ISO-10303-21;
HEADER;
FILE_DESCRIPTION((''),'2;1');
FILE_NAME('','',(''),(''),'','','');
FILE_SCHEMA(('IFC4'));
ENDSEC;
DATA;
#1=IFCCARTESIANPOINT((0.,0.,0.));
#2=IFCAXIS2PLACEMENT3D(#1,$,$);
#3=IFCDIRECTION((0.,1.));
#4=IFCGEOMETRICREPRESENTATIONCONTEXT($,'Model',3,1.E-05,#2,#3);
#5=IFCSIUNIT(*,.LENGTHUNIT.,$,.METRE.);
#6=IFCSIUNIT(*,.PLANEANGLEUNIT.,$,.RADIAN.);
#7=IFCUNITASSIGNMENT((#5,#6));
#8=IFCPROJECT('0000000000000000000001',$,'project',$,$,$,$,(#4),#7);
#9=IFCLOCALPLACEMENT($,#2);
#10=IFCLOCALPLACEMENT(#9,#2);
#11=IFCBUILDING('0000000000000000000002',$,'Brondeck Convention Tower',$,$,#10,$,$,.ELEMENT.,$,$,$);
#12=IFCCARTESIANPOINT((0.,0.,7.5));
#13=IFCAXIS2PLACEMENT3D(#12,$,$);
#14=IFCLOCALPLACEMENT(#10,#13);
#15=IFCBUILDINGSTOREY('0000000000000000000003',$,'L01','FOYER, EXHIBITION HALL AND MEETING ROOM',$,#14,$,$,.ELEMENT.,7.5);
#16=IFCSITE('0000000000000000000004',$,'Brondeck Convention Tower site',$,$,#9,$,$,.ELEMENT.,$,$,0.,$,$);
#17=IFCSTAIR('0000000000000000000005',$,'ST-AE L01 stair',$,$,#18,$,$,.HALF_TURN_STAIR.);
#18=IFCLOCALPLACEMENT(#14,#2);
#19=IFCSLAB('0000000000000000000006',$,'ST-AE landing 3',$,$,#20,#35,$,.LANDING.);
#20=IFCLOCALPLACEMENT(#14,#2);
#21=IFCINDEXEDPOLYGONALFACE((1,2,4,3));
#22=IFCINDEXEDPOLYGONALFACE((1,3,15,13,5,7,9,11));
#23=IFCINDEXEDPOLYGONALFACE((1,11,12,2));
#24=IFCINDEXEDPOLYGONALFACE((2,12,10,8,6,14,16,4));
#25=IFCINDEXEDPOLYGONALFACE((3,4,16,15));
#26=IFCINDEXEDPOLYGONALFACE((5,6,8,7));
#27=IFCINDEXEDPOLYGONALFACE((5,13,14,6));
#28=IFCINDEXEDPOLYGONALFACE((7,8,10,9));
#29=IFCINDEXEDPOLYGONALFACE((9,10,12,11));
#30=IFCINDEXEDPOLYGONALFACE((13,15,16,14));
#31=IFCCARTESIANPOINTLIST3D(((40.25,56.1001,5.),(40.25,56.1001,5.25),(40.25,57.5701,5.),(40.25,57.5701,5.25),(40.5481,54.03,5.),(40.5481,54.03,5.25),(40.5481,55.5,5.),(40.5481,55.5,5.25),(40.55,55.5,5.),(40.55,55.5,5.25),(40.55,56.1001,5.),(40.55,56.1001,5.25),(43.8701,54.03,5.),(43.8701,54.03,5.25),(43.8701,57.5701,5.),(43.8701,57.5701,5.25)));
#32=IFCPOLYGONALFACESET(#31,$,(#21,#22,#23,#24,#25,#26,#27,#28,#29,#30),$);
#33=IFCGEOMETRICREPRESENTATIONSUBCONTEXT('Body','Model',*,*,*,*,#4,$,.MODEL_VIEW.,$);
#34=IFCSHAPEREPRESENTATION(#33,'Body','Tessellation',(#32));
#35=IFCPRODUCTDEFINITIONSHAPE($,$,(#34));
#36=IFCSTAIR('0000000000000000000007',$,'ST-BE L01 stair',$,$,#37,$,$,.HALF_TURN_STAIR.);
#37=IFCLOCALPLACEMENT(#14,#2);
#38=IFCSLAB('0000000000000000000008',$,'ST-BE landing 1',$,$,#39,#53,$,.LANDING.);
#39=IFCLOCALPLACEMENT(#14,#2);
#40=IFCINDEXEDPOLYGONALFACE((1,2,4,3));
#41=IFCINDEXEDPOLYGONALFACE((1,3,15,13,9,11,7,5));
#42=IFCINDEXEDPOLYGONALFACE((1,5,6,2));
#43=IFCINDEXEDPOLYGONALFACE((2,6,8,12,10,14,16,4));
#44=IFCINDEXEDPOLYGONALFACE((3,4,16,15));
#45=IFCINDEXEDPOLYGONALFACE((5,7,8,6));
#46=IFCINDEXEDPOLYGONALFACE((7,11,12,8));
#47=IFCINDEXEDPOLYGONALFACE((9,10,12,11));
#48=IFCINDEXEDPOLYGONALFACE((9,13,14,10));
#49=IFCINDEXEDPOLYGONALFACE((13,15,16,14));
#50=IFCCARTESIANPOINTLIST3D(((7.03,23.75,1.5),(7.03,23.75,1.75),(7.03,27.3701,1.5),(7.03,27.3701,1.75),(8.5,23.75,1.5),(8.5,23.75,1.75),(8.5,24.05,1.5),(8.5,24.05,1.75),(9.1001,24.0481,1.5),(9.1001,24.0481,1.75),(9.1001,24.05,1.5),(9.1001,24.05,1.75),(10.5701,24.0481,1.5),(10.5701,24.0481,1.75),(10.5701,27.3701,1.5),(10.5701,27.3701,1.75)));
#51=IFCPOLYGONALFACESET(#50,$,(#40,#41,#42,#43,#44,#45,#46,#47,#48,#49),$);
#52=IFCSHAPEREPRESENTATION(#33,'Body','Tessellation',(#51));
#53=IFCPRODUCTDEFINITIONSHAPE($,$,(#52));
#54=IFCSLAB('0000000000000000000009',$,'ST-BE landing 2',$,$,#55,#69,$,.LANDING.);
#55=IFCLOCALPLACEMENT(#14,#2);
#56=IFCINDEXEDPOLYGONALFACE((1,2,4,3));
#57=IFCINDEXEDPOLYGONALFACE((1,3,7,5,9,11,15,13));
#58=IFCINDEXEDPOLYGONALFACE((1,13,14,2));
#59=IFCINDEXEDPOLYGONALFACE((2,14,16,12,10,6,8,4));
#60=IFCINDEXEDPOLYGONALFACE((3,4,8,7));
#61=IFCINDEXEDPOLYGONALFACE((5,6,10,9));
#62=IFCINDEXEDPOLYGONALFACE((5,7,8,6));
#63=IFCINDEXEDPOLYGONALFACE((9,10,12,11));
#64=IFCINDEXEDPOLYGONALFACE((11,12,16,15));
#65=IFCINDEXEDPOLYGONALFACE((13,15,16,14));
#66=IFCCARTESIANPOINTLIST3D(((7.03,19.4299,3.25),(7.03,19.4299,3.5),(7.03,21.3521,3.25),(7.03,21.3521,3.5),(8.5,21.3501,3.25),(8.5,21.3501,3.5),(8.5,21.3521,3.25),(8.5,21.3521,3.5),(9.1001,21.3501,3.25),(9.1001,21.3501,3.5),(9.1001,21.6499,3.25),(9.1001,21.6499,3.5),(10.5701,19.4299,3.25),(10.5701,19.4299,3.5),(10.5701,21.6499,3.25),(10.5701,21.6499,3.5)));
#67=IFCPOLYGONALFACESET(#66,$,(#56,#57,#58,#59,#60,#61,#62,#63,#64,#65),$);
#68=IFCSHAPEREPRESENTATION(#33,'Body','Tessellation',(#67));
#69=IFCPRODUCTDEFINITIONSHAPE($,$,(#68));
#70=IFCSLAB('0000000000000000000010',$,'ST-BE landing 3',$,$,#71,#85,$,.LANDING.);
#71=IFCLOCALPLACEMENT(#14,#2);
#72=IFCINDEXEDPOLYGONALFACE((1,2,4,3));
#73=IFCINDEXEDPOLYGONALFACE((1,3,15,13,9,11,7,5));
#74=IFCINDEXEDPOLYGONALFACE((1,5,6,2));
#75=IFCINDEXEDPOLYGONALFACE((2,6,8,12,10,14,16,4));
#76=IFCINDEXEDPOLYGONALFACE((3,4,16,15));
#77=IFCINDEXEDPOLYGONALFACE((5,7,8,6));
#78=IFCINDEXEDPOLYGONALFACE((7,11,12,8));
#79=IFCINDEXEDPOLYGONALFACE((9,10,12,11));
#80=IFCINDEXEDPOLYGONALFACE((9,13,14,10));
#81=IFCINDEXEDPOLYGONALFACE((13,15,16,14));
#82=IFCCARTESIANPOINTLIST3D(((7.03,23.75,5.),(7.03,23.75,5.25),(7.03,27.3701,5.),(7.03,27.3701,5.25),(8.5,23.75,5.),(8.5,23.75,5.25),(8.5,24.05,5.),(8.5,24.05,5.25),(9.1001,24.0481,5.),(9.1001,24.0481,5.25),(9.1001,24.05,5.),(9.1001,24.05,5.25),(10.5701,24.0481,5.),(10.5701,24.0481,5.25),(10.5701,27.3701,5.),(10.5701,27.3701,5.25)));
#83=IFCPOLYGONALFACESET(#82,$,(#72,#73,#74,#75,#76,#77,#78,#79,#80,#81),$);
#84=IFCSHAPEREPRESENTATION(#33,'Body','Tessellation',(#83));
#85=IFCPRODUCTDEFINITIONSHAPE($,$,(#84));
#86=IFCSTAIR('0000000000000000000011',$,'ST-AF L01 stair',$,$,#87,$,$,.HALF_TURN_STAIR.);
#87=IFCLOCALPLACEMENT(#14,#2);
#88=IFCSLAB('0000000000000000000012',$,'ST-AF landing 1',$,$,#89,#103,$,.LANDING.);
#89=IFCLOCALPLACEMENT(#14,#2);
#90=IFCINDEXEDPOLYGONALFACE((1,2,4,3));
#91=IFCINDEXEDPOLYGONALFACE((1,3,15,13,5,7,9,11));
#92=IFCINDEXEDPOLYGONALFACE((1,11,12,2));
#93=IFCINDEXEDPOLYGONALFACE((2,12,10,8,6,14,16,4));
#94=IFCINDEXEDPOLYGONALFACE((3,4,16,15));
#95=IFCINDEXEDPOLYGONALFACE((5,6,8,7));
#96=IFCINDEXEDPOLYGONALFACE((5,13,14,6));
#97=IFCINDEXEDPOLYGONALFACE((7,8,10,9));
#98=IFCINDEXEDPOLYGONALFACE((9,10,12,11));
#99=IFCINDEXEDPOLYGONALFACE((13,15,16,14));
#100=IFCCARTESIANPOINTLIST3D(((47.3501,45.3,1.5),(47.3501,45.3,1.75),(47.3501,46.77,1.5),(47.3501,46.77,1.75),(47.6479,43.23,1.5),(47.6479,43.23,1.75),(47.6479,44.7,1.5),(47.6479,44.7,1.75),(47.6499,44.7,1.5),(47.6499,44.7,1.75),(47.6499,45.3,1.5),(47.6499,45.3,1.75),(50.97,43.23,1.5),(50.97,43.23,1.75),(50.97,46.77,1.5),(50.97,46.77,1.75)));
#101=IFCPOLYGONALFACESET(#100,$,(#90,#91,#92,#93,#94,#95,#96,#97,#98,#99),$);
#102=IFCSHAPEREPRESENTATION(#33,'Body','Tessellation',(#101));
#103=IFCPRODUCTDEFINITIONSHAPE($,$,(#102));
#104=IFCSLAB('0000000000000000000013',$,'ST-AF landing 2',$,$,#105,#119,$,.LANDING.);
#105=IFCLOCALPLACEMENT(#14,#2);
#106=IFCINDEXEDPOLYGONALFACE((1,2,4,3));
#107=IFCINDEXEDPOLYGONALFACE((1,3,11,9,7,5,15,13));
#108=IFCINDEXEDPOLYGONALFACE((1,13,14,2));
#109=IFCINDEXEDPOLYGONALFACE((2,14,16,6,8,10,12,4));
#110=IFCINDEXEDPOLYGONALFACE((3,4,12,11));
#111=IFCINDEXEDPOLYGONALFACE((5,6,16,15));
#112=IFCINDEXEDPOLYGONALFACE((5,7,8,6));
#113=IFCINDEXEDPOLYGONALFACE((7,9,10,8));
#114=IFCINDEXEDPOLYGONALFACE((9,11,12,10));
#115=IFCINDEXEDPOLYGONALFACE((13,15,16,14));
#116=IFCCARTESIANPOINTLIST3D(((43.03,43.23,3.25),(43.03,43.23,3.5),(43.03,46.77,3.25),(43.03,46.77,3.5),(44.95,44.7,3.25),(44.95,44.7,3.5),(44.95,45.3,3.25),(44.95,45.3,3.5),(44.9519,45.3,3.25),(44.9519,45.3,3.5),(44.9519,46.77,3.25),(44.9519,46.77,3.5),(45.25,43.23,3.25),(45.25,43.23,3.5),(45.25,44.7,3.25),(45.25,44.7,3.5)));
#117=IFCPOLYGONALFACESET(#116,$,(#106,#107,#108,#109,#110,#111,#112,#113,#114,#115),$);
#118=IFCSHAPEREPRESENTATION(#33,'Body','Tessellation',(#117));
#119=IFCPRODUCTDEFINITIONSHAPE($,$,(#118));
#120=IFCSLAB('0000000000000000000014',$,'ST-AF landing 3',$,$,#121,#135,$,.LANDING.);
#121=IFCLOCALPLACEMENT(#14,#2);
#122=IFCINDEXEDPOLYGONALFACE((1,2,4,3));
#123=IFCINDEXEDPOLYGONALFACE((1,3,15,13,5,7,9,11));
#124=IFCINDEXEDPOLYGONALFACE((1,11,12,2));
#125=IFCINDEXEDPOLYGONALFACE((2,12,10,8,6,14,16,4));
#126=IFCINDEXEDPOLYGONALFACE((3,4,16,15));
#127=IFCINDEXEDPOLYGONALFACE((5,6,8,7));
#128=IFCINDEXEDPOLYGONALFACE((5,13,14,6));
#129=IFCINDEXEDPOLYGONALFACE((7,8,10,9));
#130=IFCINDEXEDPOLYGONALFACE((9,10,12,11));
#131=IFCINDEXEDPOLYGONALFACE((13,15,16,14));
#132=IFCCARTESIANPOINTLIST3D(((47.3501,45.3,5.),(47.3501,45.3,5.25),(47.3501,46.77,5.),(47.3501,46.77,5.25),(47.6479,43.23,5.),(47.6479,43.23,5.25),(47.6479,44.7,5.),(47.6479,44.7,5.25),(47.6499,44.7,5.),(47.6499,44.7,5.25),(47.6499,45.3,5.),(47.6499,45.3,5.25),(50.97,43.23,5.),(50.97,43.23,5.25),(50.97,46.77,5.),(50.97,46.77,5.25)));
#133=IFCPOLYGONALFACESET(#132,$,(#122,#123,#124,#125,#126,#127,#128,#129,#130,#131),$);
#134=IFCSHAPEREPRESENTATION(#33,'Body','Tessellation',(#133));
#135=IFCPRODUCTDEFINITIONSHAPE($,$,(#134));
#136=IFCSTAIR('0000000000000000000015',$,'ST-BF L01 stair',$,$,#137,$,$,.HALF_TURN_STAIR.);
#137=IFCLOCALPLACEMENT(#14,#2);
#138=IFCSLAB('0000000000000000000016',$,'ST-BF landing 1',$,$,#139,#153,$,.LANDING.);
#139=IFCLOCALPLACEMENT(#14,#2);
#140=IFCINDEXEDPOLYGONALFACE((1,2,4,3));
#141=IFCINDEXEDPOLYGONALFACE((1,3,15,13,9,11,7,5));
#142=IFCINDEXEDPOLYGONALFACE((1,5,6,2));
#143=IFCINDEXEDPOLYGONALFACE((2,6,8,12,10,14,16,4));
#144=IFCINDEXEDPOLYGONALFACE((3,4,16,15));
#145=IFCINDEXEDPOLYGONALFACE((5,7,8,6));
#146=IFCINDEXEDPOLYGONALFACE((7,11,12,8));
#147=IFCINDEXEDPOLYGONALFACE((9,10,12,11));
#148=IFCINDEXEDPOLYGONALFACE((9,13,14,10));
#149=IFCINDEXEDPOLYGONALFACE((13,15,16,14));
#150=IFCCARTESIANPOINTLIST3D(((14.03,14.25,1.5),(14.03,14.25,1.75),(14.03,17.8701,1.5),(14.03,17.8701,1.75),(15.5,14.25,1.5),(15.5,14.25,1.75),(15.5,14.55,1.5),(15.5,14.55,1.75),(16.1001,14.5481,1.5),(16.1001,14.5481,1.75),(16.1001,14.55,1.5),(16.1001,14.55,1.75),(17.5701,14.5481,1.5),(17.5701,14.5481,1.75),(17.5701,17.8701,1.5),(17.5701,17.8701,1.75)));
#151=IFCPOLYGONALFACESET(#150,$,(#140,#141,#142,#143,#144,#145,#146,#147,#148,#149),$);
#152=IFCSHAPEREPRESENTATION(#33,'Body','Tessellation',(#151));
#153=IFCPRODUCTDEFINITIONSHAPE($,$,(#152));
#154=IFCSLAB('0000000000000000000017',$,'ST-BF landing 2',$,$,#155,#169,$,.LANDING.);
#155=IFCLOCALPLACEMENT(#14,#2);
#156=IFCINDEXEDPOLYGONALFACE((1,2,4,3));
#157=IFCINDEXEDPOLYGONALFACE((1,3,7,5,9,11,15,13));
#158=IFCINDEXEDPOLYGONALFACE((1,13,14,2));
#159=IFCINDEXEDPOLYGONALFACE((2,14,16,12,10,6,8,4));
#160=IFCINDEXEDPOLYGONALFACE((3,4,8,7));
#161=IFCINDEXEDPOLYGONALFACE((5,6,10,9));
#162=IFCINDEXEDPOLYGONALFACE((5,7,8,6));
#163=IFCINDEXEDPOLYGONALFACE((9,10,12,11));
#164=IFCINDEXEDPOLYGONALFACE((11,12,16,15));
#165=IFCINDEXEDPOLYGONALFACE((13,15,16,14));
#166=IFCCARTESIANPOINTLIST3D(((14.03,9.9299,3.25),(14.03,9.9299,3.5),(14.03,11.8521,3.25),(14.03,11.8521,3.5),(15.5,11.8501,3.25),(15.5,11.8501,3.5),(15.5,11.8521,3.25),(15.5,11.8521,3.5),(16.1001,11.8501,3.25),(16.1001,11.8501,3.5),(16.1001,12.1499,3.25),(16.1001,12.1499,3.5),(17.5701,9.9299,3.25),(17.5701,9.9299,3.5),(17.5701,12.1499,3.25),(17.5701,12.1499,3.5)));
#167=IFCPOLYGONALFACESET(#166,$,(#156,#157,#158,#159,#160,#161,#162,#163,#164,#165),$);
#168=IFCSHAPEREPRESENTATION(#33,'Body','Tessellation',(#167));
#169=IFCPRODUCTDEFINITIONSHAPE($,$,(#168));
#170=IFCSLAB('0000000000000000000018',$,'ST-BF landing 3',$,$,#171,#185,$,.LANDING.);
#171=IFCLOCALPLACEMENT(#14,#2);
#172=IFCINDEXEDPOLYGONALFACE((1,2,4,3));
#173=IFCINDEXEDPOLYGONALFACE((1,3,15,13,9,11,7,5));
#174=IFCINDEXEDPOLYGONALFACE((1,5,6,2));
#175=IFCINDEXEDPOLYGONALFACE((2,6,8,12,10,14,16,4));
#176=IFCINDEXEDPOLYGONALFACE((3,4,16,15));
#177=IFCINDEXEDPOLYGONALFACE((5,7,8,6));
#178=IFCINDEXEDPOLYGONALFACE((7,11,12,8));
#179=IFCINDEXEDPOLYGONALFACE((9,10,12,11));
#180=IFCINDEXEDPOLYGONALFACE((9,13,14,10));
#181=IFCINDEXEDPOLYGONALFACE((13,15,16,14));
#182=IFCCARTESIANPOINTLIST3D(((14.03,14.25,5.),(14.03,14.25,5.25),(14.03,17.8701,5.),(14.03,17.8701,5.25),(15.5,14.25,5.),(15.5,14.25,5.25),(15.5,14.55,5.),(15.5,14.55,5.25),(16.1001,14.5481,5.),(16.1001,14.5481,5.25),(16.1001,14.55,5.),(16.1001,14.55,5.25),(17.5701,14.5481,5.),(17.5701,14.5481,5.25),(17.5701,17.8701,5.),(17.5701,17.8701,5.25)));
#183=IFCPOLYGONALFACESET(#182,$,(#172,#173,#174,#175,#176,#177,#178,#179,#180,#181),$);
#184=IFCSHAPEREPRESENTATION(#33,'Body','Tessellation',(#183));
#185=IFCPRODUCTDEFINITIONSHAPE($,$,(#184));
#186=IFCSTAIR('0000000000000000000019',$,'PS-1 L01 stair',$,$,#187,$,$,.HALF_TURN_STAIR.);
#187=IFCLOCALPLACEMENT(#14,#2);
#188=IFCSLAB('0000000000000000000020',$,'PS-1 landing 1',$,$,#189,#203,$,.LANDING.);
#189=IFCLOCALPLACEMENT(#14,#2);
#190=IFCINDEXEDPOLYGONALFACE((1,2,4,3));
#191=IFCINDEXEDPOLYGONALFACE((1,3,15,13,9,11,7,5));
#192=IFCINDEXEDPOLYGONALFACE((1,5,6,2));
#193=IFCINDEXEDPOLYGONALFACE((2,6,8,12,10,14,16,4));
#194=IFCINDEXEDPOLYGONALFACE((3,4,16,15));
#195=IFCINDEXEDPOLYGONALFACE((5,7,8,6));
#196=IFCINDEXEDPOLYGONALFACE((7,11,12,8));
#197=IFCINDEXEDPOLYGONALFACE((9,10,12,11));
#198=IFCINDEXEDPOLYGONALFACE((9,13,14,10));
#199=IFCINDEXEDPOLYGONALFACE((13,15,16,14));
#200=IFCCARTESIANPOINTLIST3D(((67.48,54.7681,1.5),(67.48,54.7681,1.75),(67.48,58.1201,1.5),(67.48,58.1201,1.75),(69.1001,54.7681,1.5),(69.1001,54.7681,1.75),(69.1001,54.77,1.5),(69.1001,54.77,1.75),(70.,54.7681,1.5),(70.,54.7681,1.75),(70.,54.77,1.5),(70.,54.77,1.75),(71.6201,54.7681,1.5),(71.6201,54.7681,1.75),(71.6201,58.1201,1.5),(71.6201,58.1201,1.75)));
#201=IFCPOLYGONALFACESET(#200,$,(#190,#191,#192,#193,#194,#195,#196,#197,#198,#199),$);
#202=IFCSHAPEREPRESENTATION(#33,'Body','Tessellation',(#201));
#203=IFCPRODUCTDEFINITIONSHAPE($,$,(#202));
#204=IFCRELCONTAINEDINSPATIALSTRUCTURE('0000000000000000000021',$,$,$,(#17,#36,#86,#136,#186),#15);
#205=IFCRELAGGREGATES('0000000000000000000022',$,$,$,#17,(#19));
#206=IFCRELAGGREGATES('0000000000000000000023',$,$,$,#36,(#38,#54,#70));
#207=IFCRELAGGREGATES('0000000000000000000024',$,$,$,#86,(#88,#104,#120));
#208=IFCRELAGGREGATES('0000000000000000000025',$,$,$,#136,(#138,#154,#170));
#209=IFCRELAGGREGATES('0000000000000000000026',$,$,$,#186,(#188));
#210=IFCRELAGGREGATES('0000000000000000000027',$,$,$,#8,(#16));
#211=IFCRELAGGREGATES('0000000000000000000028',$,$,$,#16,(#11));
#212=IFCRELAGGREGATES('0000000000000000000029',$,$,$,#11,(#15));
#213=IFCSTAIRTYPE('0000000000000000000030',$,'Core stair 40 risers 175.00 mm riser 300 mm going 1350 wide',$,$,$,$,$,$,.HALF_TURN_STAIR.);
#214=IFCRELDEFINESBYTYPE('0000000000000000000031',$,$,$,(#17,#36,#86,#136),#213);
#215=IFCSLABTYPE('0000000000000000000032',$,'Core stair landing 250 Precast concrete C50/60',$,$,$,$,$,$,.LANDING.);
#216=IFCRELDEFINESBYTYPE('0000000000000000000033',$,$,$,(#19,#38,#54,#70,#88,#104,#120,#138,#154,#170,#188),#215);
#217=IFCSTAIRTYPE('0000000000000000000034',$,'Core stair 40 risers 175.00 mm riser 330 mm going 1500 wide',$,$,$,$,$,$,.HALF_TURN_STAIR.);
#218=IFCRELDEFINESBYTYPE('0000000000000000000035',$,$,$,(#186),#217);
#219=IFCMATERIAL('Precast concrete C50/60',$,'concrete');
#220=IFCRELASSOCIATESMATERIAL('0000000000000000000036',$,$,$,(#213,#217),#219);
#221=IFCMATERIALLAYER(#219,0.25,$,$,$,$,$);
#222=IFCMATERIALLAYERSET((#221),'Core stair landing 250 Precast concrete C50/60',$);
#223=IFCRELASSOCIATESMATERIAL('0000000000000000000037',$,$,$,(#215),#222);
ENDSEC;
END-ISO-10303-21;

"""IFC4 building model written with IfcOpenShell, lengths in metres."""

from ifc_helpers import new_model, si_unit, direction, frame, origin, place, context, subcontext, project, spatial, polyline, outline, extrude, material, layer, layer_set, type_object, element, aggregate, save


model = new_model("IFC4")

# Units and contexts
model_context = context("Model", 3, precision=1e-05, world=origin(), true_north=direction((0.0, 1.0)))
body_context = subcontext(model_context, "Body", "Model", "MODEL_VIEW")
ifc_project = project(units=[si_unit("LENGTHUNIT", "METRE"), si_unit("PLANEANGLEUNIT", "RADIAN")], contexts=[model_context])

# Site, building, storey
site_placement = place(None, origin())
site = spatial("IfcSite", under=ifc_project, at=site_placement, Name="Brondeck Convention Tower site", CompositionType="ELEMENT", RefElevation=0.0)
building_placement = place(site_placement, origin())
building = spatial("IfcBuilding", under=site, at=building_placement, Name="Brondeck Convention Tower", CompositionType="ELEMENT")
storey_placement = place(building_placement, frame((0.0, 0.0, 7.5)))
storey = spatial("IfcBuildingStorey", under=building, at=storey_placement, Name="L01", Description="FOYER, EXHIBITION HALL AND MEETING ROOM", CompositionType="ELEMENT", Elevation=7.5)

# Stairs, slabs
ifc_material_1 = material(Name="Precast concrete C50/60", Category="concrete")
stair_type_1 = type_object("IfcStairType", Name="Core stair 40 risers 175.00 mm riser 300 mm going 1350 wide", PredefinedType="HALF_TURN_STAIR", material=ifc_material_1)
ifc_layer_1 = layer(ifc_material_1, 0.25)
ifc_layer_set_1 = layer_set([ifc_layer_1], Name="Core stair landing 250 Precast concrete C50/60")
slab_type_1 = type_object("IfcSlabType", Name="Core stair landing 250 Precast concrete C50/60", PredefinedType="LANDING", material=ifc_layer_set_1)
stair_1_placement = place(storey_placement, origin())
stair_1 = element("IfcStair", 1, at=stair_1_placement, inside=storey, type_object=stair_type_1, Name="ST-AE L01 stair", PredefinedType="HALF_TURN_STAIR")
slab_1_placement = place(storey_placement, frame((0.0, 0.0, 5.0)))
slab_1 = element("IfcSlab", 2, at=slab_1_placement, type_object=slab_type_1, Name="ST-AE landing 3", PredefinedType="LANDING", context=body_context, shape_type="SweptSolid", body=[
    extrude(outline(polyline([(40.5481, 55.5), (40.55, 55.5), (40.55, 56.1001), (40.25, 56.1001), (40.25, 57.5701), (43.8701, 57.5701), (43.8701, 54.03), (40.5481, 54.03), (40.5481, 55.5)])), origin(), (0.0, 0.0, 1.0), 0.25),
])
aggregate(stair_1, [slab_1])
stair_2_placement = place(storey_placement, origin())
stair_2 = element("IfcStair", 3, at=stair_2_placement, inside=storey, type_object=stair_type_1, Name="ST-BE L01 stair", PredefinedType="HALF_TURN_STAIR")
slab_2_placement = place(storey_placement, frame((0.0, 0.0, 1.5)))
slab_2 = element("IfcSlab", 4, at=slab_2_placement, type_object=slab_type_1, Name="ST-BE landing 1", PredefinedType="LANDING", context=body_context, shape_type="SweptSolid", body=[
    extrude(outline(polyline([(7.03, 23.75), (7.03, 27.3701), (10.5701, 27.3701), (10.5701, 24.0481), (9.1001, 24.0481), (9.1001, 24.05), (8.5, 24.05), (8.5, 23.75), (7.03, 23.75)])), origin(), (0.0, 0.0, 1.0), 0.25),
])
slab_3_placement = place(storey_placement, frame((0.0, 0.0, 3.25)))
slab_3 = element("IfcSlab", 5, at=slab_3_placement, type_object=slab_type_1, Name="ST-BE landing 2", PredefinedType="LANDING", context=body_context, shape_type="SweptSolid", body=[
    extrude(outline(polyline([(10.5701, 19.4299), (7.03, 19.4299), (7.03, 21.3521), (8.5, 21.3521), (8.5, 21.3501), (9.1001, 21.3501), (9.1001, 21.6499), (10.5701, 21.6499), (10.5701, 19.4299)])), origin(), (0.0, 0.0, 1.0), 0.25),
])
slab_4_placement = place(storey_placement, frame((0.0, 0.0, 5.0)))
slab_4 = element("IfcSlab", 6, at=slab_4_placement, type_object=slab_type_1, Name="ST-BE landing 3", PredefinedType="LANDING", context=body_context, shape_type="SweptSolid", body=[
    extrude(outline(polyline([(7.03, 23.75), (7.03, 27.3701), (10.5701, 27.3701), (10.5701, 24.0481), (9.1001, 24.0481), (9.1001, 24.05), (8.5, 24.05), (8.5, 23.75), (7.03, 23.75)])), origin(), (0.0, 0.0, 1.0), 0.25),
])
aggregate(stair_2, [slab_2, slab_3, slab_4])
stair_3_placement = place(storey_placement, origin())
stair_3 = element("IfcStair", 7, at=stair_3_placement, inside=storey, type_object=stair_type_1, Name="ST-AF L01 stair", PredefinedType="HALF_TURN_STAIR")
slab_5_placement = place(storey_placement, frame((0.0, 0.0, 1.5)))
slab_5 = element("IfcSlab", 8, at=slab_5_placement, type_object=slab_type_1, Name="ST-AF landing 1", PredefinedType="LANDING", context=body_context, shape_type="SweptSolid", body=[
    extrude(outline(polyline([(47.6479, 44.7), (47.6499, 44.7), (47.6499, 45.3), (47.3501, 45.3), (47.3501, 46.77), (50.97, 46.77), (50.97, 43.23), (47.6479, 43.23), (47.6479, 44.7)])), origin(), (0.0, 0.0, 1.0), 0.25),
])
slab_6_placement = place(storey_placement, frame((0.0, 0.0, 3.25)))
slab_6 = element("IfcSlab", 9, at=slab_6_placement, type_object=slab_type_1, Name="ST-AF landing 2", PredefinedType="LANDING", context=body_context, shape_type="SweptSolid", body=[
    extrude(outline(polyline([(45.25, 44.7), (45.25, 43.23), (43.03, 43.23), (43.03, 46.77), (44.9519, 46.77), (44.9519, 45.3), (44.95, 45.3), (44.95, 44.7), (45.25, 44.7)])), origin(), (0.0, 0.0, 1.0), 0.25),
])
slab_7_placement = place(storey_placement, frame((0.0, 0.0, 5.0)))
slab_7 = element("IfcSlab", 10, at=slab_7_placement, type_object=slab_type_1, Name="ST-AF landing 3", PredefinedType="LANDING", context=body_context, shape_type="SweptSolid", body=[
    extrude(outline(polyline([(47.6479, 44.7), (47.6499, 44.7), (47.6499, 45.3), (47.3501, 45.3), (47.3501, 46.77), (50.97, 46.77), (50.97, 43.23), (47.6479, 43.23), (47.6479, 44.7)])), origin(), (0.0, 0.0, 1.0), 0.25),
])
aggregate(stair_3, [slab_5, slab_6, slab_7])
stair_4_placement = place(storey_placement, origin())
stair_4 = element("IfcStair", 11, at=stair_4_placement, inside=storey, type_object=stair_type_1, Name="ST-BF L01 stair", PredefinedType="HALF_TURN_STAIR")
slab_8_placement = place(storey_placement, frame((0.0, 0.0, 1.5)))
slab_8 = element("IfcSlab", 12, at=slab_8_placement, type_object=slab_type_1, Name="ST-BF landing 1", PredefinedType="LANDING", context=body_context, shape_type="SweptSolid", body=[
    extrude(outline(polyline([(14.03, 14.25), (14.03, 17.8701), (17.5701, 17.8701), (17.5701, 14.5481), (16.1001, 14.5481), (16.1001, 14.55), (15.5, 14.55), (15.5, 14.25), (14.03, 14.25)])), origin(), (0.0, 0.0, 1.0), 0.25),
])
slab_9_placement = place(storey_placement, frame((0.0, 0.0, 3.25)))
slab_9 = element("IfcSlab", 13, at=slab_9_placement, type_object=slab_type_1, Name="ST-BF landing 2", PredefinedType="LANDING", context=body_context, shape_type="SweptSolid", body=[
    extrude(outline(polyline([(17.5701, 9.9299), (14.03, 9.9299), (14.03, 11.8521), (15.5, 11.8521), (15.5, 11.8501), (16.1001, 11.8501), (16.1001, 12.1499), (17.5701, 12.1499), (17.5701, 9.9299)])), origin(), (0.0, 0.0, 1.0), 0.25),
])
slab_10_placement = place(storey_placement, frame((0.0, 0.0, 5.0)))
slab_10 = element("IfcSlab", 14, at=slab_10_placement, type_object=slab_type_1, Name="ST-BF landing 3", PredefinedType="LANDING", context=body_context, shape_type="SweptSolid", body=[
    extrude(outline(polyline([(14.03, 14.25), (14.03, 17.8701), (17.5701, 17.8701), (17.5701, 14.5481), (16.1001, 14.5481), (16.1001, 14.55), (15.5, 14.55), (15.5, 14.25), (14.03, 14.25)])), origin(), (0.0, 0.0, 1.0), 0.25),
])
aggregate(stair_4, [slab_8, slab_9, slab_10])
stair_type_2 = type_object("IfcStairType", Name="Core stair 40 risers 175.00 mm riser 330 mm going 1500 wide", PredefinedType="HALF_TURN_STAIR", material=ifc_material_1)
stair_5_placement = place(storey_placement, origin())
stair_5 = element("IfcStair", 15, at=stair_5_placement, inside=storey, type_object=stair_type_2, Name="PS-1 L01 stair", PredefinedType="HALF_TURN_STAIR")
slab_11_placement = place(storey_placement, frame((0.0, 0.0, 1.5)))
slab_11 = element("IfcSlab", 16, at=slab_11_placement, type_object=slab_type_1, Name="PS-1 landing 1", PredefinedType="LANDING", context=body_context, shape_type="SweptSolid", body=[
    extrude(outline(polyline([(69.1001, 54.7681), (67.48, 54.7681), (67.48, 58.1201), (71.6201, 58.1201), (71.6201, 54.7681), (70.0, 54.7681), (70.0, 54.77), (69.1001, 54.77), (69.1001, 54.7681)])), origin(), (0.0, 0.0, 1.0), 0.25),
])
aggregate(stair_5, [slab_11])

save(model, "model.ifc")
